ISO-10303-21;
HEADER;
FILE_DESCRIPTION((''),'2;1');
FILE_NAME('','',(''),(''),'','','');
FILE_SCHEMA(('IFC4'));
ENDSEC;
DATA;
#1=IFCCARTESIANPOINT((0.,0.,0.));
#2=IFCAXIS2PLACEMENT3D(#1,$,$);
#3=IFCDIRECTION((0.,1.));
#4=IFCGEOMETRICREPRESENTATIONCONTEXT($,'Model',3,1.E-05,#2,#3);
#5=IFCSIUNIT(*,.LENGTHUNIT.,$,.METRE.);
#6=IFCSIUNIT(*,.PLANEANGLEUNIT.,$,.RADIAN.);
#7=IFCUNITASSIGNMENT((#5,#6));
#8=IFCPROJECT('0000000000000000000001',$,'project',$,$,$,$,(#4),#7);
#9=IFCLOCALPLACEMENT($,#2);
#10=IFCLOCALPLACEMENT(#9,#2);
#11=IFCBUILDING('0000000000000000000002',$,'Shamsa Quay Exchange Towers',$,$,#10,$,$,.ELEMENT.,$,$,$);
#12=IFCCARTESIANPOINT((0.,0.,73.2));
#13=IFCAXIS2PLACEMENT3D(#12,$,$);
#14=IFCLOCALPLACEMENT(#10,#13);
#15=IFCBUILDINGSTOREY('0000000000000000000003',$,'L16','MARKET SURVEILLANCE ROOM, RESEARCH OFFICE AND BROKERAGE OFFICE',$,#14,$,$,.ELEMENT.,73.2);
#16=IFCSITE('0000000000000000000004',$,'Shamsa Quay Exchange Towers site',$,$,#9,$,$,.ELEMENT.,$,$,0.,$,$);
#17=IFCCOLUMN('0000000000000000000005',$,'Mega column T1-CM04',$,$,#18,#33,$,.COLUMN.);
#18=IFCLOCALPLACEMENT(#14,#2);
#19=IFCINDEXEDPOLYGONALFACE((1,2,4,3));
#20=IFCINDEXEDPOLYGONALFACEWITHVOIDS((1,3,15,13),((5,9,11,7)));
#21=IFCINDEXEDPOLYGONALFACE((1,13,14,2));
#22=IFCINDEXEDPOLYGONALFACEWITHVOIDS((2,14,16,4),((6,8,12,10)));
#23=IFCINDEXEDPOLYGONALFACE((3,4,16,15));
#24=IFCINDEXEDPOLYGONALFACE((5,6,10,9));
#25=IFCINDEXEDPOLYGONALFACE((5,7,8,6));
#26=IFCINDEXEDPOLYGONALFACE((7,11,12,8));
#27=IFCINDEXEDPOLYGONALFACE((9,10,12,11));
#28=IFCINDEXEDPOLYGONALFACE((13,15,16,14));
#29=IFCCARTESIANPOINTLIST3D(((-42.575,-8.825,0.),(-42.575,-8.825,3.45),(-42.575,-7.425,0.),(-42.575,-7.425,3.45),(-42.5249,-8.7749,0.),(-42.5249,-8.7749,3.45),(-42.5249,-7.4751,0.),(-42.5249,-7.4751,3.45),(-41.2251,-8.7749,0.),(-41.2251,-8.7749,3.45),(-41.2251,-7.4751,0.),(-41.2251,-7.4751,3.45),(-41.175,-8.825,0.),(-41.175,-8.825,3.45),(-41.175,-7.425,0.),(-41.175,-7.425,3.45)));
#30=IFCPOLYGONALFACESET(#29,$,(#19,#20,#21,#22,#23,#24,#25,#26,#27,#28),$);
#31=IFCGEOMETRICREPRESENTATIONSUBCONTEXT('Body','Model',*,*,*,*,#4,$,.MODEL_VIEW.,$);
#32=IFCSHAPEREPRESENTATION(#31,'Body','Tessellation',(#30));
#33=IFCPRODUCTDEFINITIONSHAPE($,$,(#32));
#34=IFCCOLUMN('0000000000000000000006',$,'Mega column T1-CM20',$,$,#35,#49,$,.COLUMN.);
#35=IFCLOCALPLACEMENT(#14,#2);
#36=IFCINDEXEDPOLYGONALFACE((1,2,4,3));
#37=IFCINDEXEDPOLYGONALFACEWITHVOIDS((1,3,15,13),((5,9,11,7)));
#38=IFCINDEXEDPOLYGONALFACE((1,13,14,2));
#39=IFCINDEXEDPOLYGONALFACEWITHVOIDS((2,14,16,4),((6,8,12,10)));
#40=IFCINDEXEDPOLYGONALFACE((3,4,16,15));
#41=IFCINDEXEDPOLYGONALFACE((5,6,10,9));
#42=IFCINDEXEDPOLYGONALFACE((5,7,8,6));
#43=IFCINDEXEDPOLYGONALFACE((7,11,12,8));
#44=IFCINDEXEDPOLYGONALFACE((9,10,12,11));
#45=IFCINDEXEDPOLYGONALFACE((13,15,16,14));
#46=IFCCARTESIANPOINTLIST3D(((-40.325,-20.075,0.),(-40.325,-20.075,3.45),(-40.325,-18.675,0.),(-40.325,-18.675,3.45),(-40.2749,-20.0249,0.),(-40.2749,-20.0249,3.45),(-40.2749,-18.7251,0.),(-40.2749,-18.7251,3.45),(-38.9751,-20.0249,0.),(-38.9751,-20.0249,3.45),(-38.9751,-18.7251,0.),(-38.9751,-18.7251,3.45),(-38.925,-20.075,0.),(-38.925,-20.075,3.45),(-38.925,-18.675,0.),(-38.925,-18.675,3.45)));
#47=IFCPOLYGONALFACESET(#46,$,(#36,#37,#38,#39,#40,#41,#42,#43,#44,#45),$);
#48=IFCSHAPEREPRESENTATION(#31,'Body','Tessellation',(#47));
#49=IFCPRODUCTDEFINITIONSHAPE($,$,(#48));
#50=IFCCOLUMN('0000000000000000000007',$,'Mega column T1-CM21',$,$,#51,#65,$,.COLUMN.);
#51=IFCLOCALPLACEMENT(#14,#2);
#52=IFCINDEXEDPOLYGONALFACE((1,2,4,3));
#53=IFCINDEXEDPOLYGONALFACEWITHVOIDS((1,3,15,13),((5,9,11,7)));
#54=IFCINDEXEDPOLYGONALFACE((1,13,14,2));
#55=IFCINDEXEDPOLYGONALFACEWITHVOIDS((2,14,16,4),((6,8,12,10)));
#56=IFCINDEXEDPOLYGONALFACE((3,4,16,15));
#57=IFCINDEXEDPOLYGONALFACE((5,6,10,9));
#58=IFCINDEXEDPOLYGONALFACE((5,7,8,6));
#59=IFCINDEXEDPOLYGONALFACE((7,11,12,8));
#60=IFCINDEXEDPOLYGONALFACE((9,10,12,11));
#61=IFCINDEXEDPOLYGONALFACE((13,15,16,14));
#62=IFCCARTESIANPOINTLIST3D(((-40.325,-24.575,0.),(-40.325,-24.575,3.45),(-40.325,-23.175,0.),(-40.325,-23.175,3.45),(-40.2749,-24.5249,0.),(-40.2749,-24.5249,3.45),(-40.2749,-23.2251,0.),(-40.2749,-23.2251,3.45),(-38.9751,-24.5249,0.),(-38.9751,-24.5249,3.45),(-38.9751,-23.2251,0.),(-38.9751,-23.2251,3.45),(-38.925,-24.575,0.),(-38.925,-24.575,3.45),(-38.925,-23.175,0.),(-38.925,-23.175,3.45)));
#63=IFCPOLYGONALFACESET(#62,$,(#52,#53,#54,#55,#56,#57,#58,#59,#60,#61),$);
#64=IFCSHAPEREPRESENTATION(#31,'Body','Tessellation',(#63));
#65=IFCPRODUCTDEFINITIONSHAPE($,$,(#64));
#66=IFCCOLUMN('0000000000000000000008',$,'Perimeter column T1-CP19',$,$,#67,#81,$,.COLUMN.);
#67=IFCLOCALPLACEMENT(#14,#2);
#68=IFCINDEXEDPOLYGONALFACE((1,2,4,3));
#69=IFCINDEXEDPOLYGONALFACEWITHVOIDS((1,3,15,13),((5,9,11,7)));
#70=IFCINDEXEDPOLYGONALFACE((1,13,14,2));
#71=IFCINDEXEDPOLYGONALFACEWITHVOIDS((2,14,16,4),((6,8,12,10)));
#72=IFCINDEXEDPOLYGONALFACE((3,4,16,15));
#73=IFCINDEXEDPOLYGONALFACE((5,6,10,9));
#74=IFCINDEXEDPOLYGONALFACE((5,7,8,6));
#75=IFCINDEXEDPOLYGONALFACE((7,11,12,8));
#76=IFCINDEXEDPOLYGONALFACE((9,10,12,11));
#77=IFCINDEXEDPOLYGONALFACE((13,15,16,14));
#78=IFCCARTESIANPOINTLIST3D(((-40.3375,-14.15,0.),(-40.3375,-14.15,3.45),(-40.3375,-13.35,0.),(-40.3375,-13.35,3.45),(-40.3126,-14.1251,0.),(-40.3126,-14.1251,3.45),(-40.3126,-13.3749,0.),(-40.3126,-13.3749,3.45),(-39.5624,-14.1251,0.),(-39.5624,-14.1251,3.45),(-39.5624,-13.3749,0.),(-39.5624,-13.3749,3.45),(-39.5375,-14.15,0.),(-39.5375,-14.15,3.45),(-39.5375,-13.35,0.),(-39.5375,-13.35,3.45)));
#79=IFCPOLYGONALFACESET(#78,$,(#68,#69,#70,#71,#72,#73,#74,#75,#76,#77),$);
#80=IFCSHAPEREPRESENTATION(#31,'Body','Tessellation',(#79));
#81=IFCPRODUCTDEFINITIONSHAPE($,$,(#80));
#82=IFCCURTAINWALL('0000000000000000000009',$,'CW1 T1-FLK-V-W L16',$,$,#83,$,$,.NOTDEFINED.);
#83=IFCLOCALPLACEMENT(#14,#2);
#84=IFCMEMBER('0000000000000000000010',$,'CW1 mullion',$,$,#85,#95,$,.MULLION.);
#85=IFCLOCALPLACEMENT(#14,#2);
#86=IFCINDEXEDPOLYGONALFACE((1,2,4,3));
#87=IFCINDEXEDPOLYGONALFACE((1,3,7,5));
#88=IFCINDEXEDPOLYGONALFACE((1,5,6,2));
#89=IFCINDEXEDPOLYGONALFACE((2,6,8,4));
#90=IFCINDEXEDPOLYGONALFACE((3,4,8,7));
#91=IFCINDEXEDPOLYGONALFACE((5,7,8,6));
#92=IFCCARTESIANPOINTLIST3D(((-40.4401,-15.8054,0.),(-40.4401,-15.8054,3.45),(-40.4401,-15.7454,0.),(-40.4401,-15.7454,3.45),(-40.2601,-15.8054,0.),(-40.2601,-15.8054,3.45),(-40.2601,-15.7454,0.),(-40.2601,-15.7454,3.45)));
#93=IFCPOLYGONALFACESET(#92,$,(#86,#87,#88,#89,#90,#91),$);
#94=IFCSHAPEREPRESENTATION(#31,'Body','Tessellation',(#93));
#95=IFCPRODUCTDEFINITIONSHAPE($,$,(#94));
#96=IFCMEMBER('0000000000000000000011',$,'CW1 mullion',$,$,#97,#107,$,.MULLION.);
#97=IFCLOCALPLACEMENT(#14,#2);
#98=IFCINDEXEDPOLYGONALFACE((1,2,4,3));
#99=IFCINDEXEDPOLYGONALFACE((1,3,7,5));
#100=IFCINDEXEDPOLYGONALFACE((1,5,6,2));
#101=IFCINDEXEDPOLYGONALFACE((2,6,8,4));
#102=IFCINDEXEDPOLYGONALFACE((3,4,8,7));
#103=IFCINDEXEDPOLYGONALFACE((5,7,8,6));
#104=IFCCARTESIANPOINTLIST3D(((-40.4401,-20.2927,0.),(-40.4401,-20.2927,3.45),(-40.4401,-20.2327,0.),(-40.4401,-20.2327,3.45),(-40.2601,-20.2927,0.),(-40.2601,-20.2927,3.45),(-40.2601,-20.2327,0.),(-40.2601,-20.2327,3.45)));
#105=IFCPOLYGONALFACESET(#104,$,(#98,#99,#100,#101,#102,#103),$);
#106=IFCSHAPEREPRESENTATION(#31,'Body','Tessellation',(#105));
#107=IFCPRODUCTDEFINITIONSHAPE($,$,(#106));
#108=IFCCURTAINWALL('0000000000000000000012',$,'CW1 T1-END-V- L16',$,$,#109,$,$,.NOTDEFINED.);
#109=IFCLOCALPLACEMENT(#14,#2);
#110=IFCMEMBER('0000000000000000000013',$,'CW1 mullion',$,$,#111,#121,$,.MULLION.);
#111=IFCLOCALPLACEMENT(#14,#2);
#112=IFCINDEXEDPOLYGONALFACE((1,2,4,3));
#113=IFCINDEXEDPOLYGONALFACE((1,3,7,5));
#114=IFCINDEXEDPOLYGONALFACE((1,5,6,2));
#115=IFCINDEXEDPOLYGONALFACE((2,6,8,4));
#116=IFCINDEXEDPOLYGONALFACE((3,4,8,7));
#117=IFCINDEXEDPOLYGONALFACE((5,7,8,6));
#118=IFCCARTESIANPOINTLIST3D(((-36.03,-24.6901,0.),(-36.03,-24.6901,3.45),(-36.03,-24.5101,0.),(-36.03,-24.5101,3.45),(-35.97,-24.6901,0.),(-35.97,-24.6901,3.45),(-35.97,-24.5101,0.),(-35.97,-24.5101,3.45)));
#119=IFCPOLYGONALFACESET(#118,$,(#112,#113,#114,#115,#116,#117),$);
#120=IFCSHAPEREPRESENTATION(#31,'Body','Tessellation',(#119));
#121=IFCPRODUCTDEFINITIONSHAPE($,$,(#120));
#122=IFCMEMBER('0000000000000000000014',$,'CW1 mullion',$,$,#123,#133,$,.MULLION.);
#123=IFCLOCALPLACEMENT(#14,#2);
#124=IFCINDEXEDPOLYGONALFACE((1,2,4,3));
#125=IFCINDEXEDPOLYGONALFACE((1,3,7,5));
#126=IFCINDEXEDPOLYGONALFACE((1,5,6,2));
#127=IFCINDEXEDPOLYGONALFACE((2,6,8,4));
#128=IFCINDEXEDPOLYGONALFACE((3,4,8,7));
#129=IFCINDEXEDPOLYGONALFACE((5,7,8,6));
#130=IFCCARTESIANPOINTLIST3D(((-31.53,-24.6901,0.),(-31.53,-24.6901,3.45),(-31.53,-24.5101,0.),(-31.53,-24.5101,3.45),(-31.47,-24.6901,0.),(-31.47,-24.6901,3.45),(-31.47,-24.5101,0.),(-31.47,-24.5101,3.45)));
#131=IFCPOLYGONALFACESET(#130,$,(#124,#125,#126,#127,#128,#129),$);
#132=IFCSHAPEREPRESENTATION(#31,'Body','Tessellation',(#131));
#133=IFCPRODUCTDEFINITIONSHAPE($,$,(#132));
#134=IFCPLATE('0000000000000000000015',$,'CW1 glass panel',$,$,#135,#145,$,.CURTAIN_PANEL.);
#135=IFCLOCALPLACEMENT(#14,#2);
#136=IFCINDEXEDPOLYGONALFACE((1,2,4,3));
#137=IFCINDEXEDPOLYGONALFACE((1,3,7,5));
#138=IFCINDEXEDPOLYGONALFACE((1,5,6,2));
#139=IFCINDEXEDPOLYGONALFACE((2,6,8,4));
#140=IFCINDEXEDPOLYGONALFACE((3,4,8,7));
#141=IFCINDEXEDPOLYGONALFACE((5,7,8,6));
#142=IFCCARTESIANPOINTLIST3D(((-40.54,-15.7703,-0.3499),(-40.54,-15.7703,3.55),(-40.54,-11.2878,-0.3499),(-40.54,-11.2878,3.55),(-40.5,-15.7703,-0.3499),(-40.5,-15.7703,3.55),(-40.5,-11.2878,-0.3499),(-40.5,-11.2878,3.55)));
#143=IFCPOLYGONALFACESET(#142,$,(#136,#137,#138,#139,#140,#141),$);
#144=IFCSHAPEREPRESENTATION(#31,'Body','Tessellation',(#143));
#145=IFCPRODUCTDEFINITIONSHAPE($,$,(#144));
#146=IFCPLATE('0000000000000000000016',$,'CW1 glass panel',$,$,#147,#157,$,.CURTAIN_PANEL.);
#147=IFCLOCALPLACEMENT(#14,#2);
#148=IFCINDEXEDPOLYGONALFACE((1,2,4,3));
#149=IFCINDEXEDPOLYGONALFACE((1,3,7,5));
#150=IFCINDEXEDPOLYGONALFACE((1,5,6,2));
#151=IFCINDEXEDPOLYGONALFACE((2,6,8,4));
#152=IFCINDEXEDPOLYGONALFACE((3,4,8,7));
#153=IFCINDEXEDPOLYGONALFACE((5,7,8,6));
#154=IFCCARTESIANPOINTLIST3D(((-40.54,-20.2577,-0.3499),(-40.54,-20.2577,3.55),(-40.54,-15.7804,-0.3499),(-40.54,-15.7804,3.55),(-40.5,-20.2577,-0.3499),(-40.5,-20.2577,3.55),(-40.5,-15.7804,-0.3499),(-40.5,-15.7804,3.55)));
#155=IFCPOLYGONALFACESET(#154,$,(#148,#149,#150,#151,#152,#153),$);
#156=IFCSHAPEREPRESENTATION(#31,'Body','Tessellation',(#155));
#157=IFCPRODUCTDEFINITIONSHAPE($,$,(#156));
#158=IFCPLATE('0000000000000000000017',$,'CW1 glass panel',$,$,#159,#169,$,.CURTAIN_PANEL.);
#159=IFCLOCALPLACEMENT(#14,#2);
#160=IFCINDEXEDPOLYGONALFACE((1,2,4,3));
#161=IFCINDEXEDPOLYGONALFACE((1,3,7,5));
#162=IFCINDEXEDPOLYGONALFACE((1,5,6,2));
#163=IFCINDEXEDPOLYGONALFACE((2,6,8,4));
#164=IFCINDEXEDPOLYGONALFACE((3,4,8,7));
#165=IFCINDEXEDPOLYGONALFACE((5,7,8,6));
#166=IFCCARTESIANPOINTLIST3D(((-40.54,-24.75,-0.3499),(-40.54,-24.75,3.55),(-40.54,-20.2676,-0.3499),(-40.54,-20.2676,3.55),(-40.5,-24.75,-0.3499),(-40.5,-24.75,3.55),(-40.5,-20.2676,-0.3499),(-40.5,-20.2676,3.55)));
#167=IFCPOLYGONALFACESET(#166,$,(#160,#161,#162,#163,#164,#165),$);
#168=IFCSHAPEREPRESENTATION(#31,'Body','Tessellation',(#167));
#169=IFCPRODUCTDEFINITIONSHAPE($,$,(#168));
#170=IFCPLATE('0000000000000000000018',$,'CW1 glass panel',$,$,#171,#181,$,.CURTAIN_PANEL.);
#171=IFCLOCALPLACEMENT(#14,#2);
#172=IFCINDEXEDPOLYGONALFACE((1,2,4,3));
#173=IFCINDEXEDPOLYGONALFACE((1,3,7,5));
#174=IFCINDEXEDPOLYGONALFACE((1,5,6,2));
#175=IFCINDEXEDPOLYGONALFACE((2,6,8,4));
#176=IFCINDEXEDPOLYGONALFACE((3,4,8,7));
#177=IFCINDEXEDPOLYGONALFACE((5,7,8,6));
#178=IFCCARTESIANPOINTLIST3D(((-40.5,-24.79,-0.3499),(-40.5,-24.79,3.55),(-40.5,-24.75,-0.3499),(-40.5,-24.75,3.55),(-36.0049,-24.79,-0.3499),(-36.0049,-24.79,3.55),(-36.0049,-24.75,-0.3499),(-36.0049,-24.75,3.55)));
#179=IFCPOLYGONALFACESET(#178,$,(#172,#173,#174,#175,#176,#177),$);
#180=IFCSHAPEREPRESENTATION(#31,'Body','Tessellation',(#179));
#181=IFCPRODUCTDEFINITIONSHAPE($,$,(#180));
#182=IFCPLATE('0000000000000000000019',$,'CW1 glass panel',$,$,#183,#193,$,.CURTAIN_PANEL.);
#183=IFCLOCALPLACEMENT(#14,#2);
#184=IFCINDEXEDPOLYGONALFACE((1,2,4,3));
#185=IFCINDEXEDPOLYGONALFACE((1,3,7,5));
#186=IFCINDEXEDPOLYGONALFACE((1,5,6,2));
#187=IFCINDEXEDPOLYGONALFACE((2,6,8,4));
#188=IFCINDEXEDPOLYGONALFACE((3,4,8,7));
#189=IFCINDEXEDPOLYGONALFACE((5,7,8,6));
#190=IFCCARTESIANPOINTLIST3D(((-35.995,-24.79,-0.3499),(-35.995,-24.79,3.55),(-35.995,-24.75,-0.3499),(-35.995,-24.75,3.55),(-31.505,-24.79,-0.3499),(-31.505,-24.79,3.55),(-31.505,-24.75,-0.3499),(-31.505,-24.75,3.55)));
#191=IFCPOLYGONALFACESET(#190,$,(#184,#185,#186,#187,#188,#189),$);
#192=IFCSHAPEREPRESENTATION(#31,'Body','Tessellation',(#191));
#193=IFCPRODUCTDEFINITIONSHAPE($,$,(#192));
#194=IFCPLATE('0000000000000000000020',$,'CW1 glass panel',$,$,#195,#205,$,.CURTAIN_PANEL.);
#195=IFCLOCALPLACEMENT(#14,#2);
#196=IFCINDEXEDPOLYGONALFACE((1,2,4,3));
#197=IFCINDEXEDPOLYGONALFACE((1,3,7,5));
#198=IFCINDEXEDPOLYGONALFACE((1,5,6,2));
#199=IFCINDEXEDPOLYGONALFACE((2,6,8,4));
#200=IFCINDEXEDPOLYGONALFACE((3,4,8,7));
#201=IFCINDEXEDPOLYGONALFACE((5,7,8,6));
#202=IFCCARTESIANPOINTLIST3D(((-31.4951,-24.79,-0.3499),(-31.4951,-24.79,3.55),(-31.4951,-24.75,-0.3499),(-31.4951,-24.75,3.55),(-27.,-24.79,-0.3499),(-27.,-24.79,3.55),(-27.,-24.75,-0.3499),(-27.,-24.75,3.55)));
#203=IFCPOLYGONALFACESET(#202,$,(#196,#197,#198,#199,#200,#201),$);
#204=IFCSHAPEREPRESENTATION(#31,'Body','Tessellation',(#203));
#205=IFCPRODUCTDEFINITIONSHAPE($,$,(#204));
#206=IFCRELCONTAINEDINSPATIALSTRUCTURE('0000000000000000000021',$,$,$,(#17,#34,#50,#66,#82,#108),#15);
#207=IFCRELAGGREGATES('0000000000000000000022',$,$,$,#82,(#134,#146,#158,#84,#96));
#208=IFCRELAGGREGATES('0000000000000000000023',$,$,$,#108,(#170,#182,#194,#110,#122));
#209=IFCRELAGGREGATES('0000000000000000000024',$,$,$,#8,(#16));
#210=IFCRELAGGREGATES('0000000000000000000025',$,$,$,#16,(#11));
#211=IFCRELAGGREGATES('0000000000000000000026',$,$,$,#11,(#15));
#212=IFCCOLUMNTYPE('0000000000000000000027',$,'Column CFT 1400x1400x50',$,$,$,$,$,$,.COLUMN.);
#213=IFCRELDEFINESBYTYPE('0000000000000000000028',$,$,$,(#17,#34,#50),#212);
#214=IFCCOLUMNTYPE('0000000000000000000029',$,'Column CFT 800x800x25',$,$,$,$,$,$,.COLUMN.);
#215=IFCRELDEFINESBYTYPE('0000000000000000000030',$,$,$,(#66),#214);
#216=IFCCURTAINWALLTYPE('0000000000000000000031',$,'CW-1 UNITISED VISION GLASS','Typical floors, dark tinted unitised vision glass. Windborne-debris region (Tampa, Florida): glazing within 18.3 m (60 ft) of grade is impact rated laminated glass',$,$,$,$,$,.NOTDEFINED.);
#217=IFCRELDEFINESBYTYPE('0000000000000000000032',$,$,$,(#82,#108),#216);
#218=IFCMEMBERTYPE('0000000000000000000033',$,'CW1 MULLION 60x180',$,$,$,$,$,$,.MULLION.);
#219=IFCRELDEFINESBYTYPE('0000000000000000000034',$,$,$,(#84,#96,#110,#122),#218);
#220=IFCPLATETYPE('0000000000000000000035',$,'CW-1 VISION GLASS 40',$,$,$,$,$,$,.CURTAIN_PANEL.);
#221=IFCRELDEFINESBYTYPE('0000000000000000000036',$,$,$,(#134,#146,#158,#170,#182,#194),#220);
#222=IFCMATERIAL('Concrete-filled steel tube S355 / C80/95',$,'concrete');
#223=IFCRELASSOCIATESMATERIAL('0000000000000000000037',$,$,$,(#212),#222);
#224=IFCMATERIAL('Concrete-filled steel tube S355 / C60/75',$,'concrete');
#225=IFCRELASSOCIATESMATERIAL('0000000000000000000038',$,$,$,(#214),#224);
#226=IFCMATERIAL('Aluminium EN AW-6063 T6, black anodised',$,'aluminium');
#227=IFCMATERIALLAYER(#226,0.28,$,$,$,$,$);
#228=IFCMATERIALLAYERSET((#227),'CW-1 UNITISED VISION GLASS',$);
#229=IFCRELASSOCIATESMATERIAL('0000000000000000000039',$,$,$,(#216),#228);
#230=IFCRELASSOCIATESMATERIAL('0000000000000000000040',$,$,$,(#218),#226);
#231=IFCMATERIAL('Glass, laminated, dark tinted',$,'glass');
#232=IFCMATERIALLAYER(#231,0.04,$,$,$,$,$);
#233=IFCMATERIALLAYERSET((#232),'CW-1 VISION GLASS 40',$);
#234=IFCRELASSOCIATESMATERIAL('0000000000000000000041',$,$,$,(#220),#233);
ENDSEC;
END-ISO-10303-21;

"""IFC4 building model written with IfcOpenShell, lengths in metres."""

from ifc_helpers import new_model, si_unit, direction, frame, origin, origin_2d, place, context, subcontext, project, spatial, rectangle, hollow_rectangle, extrude, material, layer, layer_set, material_profile, profile_set, type_object, element, aggregate, save


model = new_model("IFC4")

# Units and contexts
model_context = context("Model", 3, precision=1e-05, world=origin(), true_north=direction((0.0, 1.0)))
body_context = subcontext(model_context, "Body", "Model", "MODEL_VIEW")
ifc_project = project(units=[si_unit("LENGTHUNIT", "METRE"), si_unit("PLANEANGLEUNIT", "RADIAN")], contexts=[model_context])

# Site, building, storey
site_placement = place(None, origin())
site = spatial("IfcSite", under=ifc_project, at=site_placement, Name="Shamsa Quay Exchange Towers site", CompositionType="ELEMENT", RefElevation=0.0)
building_placement = place(site_placement, origin())
building = spatial("IfcBuilding", under=site, at=building_placement, Name="Shamsa Quay Exchange Towers", CompositionType="ELEMENT")
storey_placement = place(building_placement, frame((0.0, 0.0, 73.2)))
storey = spatial("IfcBuildingStorey", under=building, at=storey_placement, Name="L16", Description="MARKET SURVEILLANCE ROOM, RESEARCH OFFICE AND BROKERAGE OFFICE", CompositionType="ELEMENT", Elevation=73.2)

# Columns
ifc_material_1 = material(Name="Concrete-filled steel tube S355 / C80/95", Category="concrete")
ifc_material_profile_1 = material_profile(ifc_material_1, hollow_rectangle(XDim=1.3999, YDim=1.3999, WallThickness=0.05, at=origin_2d()), Name="CFT 1400x1400x50")
ifc_profile_set_1 = profile_set([ifc_material_profile_1], Name="Concrete-filled steel tube S355 / C80/95")
column_type_1 = type_object("IfcColumnType", Name="Column CFT 1400x1400x50", PredefinedType="COLUMN", material=ifc_profile_set_1)
for number, where, name in (
    (1, (-41.875, -8.125, 0.0), "Mega column T1-CM04"),
    (2, (-39.625, -19.375, 0.0), "Mega column T1-CM20"),
    (3, (-39.625, -23.875, 0.0), "Mega column T1-CM21"),
):
    element("IfcColumn", number, at=place(storey_placement, frame(where)), inside=storey, type_object=column_type_1, Name=name, PredefinedType="COLUMN", context=body_context, shape_type="SweptSolid", body=[
        extrude(hollow_rectangle(XDim=1.3999, YDim=1.3999, WallThickness=0.05, at=origin_2d()), origin(), (0.0, 0.0, 1.0), 3.45),
    ])
ifc_material_2 = material(Name="Concrete-filled steel tube S355 / C60/75", Category="concrete")
ifc_material_profile_2 = material_profile(ifc_material_2, hollow_rectangle(XDim=0.8, YDim=0.8, WallThickness=0.0249, at=origin_2d()), Name="CFT 800x800x25")
ifc_profile_set_2 = profile_set([ifc_material_profile_2], Name="Concrete-filled steel tube S355 / C60/75")
column_type_2 = type_object("IfcColumnType", Name="Column CFT 800x800x25", PredefinedType="COLUMN", material=ifc_profile_set_2)
column_placement = place(storey_placement, frame((-39.9375, -13.75, 0.0)))
element("IfcColumn", 4, at=column_placement, inside=storey, type_object=column_type_2, Name="Perimeter column T1-CP19", PredefinedType="COLUMN", context=body_context, shape_type="SweptSolid", body=[
    extrude(hollow_rectangle(XDim=0.8, YDim=0.8, WallThickness=0.0249, at=origin_2d()), origin(), (0.0, 0.0, 1.0), 3.45),
])

# Curtain walls, members
ifc_material_3 = material(Name="Aluminium EN AW-6063 T6, black anodised", Category="aluminium")
ifc_layer_1 = layer(ifc_material_3, 0.28)
ifc_layer_set_1 = layer_set([ifc_layer_1], Name="CW-1 UNITISED VISION GLASS")
curtain_wall_type_1 = type_object("IfcCurtainWallType", Name="CW-1 UNITISED VISION GLASS", Description="Typical floors, dark tinted unitised vision glass. Windborne-debris region (Tampa, Florida): glazing within 18.3 m (60 ft) of grade is impact rated laminated glass", PredefinedType="NOTDEFINED", material=ifc_layer_set_1)
curtain_wall_1_placement = place(storey_placement, origin())
curtain_wall_1 = element("IfcCurtainWall", 5, at=curtain_wall_1_placement, inside=storey, type_object=curtain_wall_type_1, Name="CW1 T1-FLK-V-W L16", PredefinedType="NOTDEFINED")
ifc_material_profile_3 = material_profile(ifc_material_3, rectangle(XDim=0.1799, YDim=0.0601, at=origin_2d()), Name="MU60x180")
ifc_profile_set_3 = profile_set([ifc_material_profile_3], Name="Aluminium EN AW-6063 T6, black anodised")
member_type = type_object("IfcMemberType", Name="CW1 MULLION 60x180", PredefinedType="MULLION", material=ifc_profile_set_3)
member_1_placement = place(storey_placement, frame((-40.3501, -15.7754, 0.0)))
member_1 = element("IfcMember", 6, at=member_1_placement, type_object=member_type, Name="CW1 mullion", PredefinedType="MULLION", context=body_context, shape_type="SweptSolid", body=[
    extrude(rectangle(XDim=0.1799, YDim=0.0601, at=origin_2d()), origin(), (0.0, 0.0, 1.0), 3.45),
])
member_2_placement = place(storey_placement, frame((-40.3501, -20.2627, 0.0)))
member_2 = element("IfcMember", 7, at=member_2_placement, type_object=member_type, Name="CW1 mullion", PredefinedType="MULLION", context=body_context, shape_type="SweptSolid", body=[
    extrude(rectangle(XDim=0.1799, YDim=0.0601, at=origin_2d()), origin(), (0.0, 0.0, 1.0), 3.45),
])
curtain_wall_2_placement = place(storey_placement, origin())
curtain_wall_2 = element("IfcCurtainWall", 8, at=curtain_wall_2_placement, inside=storey, type_object=curtain_wall_type_1, Name="CW1 T1-END-V- L16", PredefinedType="NOTDEFINED")
member_3_placement = place(storey_placement, frame((-36.0, -24.6001, 0.0), z_axis=(0.0, 0.0, 1.0), x_axis=(0.0, 1.0, 0.0)))
member_3 = element("IfcMember", 9, at=member_3_placement, type_object=member_type, Name="CW1 mullion", PredefinedType="MULLION", context=body_context, shape_type="SweptSolid", body=[
    extrude(rectangle(XDim=0.1799, YDim=0.0601, at=origin_2d()), origin(), (0.0, 0.0, 1.0), 3.45),
])
member_4_placement = place(storey_placement, frame((-31.5, -24.6001, 0.0), z_axis=(0.0, 0.0, 1.0), x_axis=(0.0, 1.0, 0.0)))
member_4 = element("IfcMember", 10, at=member_4_placement, type_object=member_type, Name="CW1 mullion", PredefinedType="MULLION", context=body_context, shape_type="SweptSolid", body=[
    extrude(rectangle(XDim=0.1799, YDim=0.0601, at=origin_2d()), origin(), (0.0, 0.0, 1.0), 3.45),
])

# Plates
ifc_material_4 = material(Name="Glass, laminated, dark tinted", Category="glass")
ifc_layer_2 = layer(ifc_material_4, 0.04)
ifc_layer_set_2 = layer_set([ifc_layer_2], Name="CW-1 VISION GLASS 40")
plate_type_1 = type_object("IfcPlateType", Name="CW-1 VISION GLASS 40", PredefinedType="CURTAIN_PANEL", material=ifc_layer_set_2)
plate_1_placement = place(storey_placement, frame((-40.52, -13.5291, -0.3499), z_axis=(0.0, 0.0, 1.0), x_axis=(0.0, -1.0, 0.0)))
plate_1 = element("IfcPlate", 11, at=plate_1_placement, type_object=plate_type_1, Name="CW1 glass panel", PredefinedType="CURTAIN_PANEL", context=body_context, shape_type="SweptSolid", body=[
    extrude(rectangle(XDim=4.4824, YDim=0.04, at=origin_2d()), origin(), (0.0, 0.0, 1.0), 3.8999),
])
plate_2_placement = place(storey_placement, frame((-40.52, -18.019, -0.3499), z_axis=(0.0, 0.0, 1.0), x_axis=(0.0, -1.0, 0.0)))
plate_2 = element("IfcPlate", 12, at=plate_2_placement, type_object=plate_type_1, Name="CW1 glass panel", PredefinedType="CURTAIN_PANEL", context=body_context, shape_type="SweptSolid", body=[
    extrude(rectangle(XDim=4.4773, YDim=0.04, at=origin_2d()), origin(), (0.0, 0.0, 1.0), 3.8999),
])
plate_3_placement = place(storey_placement, frame((-40.52, -22.5088, -0.3499), z_axis=(0.0, 0.0, 1.0), x_axis=(0.0, -1.0, 0.0)))
plate_3 = element("IfcPlate", 13, at=plate_3_placement, type_object=plate_type_1, Name="CW1 glass panel", PredefinedType="CURTAIN_PANEL", context=body_context, shape_type="SweptSolid", body=[
    extrude(rectangle(XDim=4.4824, YDim=0.04, at=origin_2d()), origin(), (0.0, 0.0, 1.0), 3.8999),
])
aggregate(curtain_wall_1, [plate_1, plate_2, plate_3, member_1, member_2])
plate_4_placement = place(storey_placement, frame((-38.2524, -24.77, -0.3499)))
plate_4 = element("IfcPlate", 14, at=plate_4_placement, type_object=plate_type_1, Name="CW1 glass panel", PredefinedType="CURTAIN_PANEL", context=body_context, shape_type="SweptSolid", body=[
    extrude(rectangle(XDim=4.4951, YDim=0.04, at=origin_2d()), origin(), (0.0, 0.0, 1.0), 3.8999),
])
plate_5_placement = place(storey_placement, frame((-33.75, -24.77, -0.3499)))
plate_5 = element("IfcPlate", 15, at=plate_5_placement, type_object=plate_type_1, Name="CW1 glass panel", PredefinedType="CURTAIN_PANEL", context=body_context, shape_type="SweptSolid", body=[
    extrude(rectangle(XDim=4.49, YDim=0.04, at=origin_2d()), origin(), (0.0, 0.0, 1.0), 3.8999),
])
plate_6_placement = place(storey_placement, frame((-29.2476, -24.77, -0.3499)))
plate_6 = element("IfcPlate", 16, at=plate_6_placement, type_object=plate_type_1, Name="CW1 glass panel", PredefinedType="CURTAIN_PANEL", context=body_context, shape_type="SweptSolid", body=[
    extrude(rectangle(XDim=4.4951, YDim=0.04, at=origin_2d()), origin(), (0.0, 0.0, 1.0), 3.8999),
])
aggregate(curtain_wall_2, [plate_4, plate_5, plate_6, member_3, member_4])

save(model, "model.ifc")
